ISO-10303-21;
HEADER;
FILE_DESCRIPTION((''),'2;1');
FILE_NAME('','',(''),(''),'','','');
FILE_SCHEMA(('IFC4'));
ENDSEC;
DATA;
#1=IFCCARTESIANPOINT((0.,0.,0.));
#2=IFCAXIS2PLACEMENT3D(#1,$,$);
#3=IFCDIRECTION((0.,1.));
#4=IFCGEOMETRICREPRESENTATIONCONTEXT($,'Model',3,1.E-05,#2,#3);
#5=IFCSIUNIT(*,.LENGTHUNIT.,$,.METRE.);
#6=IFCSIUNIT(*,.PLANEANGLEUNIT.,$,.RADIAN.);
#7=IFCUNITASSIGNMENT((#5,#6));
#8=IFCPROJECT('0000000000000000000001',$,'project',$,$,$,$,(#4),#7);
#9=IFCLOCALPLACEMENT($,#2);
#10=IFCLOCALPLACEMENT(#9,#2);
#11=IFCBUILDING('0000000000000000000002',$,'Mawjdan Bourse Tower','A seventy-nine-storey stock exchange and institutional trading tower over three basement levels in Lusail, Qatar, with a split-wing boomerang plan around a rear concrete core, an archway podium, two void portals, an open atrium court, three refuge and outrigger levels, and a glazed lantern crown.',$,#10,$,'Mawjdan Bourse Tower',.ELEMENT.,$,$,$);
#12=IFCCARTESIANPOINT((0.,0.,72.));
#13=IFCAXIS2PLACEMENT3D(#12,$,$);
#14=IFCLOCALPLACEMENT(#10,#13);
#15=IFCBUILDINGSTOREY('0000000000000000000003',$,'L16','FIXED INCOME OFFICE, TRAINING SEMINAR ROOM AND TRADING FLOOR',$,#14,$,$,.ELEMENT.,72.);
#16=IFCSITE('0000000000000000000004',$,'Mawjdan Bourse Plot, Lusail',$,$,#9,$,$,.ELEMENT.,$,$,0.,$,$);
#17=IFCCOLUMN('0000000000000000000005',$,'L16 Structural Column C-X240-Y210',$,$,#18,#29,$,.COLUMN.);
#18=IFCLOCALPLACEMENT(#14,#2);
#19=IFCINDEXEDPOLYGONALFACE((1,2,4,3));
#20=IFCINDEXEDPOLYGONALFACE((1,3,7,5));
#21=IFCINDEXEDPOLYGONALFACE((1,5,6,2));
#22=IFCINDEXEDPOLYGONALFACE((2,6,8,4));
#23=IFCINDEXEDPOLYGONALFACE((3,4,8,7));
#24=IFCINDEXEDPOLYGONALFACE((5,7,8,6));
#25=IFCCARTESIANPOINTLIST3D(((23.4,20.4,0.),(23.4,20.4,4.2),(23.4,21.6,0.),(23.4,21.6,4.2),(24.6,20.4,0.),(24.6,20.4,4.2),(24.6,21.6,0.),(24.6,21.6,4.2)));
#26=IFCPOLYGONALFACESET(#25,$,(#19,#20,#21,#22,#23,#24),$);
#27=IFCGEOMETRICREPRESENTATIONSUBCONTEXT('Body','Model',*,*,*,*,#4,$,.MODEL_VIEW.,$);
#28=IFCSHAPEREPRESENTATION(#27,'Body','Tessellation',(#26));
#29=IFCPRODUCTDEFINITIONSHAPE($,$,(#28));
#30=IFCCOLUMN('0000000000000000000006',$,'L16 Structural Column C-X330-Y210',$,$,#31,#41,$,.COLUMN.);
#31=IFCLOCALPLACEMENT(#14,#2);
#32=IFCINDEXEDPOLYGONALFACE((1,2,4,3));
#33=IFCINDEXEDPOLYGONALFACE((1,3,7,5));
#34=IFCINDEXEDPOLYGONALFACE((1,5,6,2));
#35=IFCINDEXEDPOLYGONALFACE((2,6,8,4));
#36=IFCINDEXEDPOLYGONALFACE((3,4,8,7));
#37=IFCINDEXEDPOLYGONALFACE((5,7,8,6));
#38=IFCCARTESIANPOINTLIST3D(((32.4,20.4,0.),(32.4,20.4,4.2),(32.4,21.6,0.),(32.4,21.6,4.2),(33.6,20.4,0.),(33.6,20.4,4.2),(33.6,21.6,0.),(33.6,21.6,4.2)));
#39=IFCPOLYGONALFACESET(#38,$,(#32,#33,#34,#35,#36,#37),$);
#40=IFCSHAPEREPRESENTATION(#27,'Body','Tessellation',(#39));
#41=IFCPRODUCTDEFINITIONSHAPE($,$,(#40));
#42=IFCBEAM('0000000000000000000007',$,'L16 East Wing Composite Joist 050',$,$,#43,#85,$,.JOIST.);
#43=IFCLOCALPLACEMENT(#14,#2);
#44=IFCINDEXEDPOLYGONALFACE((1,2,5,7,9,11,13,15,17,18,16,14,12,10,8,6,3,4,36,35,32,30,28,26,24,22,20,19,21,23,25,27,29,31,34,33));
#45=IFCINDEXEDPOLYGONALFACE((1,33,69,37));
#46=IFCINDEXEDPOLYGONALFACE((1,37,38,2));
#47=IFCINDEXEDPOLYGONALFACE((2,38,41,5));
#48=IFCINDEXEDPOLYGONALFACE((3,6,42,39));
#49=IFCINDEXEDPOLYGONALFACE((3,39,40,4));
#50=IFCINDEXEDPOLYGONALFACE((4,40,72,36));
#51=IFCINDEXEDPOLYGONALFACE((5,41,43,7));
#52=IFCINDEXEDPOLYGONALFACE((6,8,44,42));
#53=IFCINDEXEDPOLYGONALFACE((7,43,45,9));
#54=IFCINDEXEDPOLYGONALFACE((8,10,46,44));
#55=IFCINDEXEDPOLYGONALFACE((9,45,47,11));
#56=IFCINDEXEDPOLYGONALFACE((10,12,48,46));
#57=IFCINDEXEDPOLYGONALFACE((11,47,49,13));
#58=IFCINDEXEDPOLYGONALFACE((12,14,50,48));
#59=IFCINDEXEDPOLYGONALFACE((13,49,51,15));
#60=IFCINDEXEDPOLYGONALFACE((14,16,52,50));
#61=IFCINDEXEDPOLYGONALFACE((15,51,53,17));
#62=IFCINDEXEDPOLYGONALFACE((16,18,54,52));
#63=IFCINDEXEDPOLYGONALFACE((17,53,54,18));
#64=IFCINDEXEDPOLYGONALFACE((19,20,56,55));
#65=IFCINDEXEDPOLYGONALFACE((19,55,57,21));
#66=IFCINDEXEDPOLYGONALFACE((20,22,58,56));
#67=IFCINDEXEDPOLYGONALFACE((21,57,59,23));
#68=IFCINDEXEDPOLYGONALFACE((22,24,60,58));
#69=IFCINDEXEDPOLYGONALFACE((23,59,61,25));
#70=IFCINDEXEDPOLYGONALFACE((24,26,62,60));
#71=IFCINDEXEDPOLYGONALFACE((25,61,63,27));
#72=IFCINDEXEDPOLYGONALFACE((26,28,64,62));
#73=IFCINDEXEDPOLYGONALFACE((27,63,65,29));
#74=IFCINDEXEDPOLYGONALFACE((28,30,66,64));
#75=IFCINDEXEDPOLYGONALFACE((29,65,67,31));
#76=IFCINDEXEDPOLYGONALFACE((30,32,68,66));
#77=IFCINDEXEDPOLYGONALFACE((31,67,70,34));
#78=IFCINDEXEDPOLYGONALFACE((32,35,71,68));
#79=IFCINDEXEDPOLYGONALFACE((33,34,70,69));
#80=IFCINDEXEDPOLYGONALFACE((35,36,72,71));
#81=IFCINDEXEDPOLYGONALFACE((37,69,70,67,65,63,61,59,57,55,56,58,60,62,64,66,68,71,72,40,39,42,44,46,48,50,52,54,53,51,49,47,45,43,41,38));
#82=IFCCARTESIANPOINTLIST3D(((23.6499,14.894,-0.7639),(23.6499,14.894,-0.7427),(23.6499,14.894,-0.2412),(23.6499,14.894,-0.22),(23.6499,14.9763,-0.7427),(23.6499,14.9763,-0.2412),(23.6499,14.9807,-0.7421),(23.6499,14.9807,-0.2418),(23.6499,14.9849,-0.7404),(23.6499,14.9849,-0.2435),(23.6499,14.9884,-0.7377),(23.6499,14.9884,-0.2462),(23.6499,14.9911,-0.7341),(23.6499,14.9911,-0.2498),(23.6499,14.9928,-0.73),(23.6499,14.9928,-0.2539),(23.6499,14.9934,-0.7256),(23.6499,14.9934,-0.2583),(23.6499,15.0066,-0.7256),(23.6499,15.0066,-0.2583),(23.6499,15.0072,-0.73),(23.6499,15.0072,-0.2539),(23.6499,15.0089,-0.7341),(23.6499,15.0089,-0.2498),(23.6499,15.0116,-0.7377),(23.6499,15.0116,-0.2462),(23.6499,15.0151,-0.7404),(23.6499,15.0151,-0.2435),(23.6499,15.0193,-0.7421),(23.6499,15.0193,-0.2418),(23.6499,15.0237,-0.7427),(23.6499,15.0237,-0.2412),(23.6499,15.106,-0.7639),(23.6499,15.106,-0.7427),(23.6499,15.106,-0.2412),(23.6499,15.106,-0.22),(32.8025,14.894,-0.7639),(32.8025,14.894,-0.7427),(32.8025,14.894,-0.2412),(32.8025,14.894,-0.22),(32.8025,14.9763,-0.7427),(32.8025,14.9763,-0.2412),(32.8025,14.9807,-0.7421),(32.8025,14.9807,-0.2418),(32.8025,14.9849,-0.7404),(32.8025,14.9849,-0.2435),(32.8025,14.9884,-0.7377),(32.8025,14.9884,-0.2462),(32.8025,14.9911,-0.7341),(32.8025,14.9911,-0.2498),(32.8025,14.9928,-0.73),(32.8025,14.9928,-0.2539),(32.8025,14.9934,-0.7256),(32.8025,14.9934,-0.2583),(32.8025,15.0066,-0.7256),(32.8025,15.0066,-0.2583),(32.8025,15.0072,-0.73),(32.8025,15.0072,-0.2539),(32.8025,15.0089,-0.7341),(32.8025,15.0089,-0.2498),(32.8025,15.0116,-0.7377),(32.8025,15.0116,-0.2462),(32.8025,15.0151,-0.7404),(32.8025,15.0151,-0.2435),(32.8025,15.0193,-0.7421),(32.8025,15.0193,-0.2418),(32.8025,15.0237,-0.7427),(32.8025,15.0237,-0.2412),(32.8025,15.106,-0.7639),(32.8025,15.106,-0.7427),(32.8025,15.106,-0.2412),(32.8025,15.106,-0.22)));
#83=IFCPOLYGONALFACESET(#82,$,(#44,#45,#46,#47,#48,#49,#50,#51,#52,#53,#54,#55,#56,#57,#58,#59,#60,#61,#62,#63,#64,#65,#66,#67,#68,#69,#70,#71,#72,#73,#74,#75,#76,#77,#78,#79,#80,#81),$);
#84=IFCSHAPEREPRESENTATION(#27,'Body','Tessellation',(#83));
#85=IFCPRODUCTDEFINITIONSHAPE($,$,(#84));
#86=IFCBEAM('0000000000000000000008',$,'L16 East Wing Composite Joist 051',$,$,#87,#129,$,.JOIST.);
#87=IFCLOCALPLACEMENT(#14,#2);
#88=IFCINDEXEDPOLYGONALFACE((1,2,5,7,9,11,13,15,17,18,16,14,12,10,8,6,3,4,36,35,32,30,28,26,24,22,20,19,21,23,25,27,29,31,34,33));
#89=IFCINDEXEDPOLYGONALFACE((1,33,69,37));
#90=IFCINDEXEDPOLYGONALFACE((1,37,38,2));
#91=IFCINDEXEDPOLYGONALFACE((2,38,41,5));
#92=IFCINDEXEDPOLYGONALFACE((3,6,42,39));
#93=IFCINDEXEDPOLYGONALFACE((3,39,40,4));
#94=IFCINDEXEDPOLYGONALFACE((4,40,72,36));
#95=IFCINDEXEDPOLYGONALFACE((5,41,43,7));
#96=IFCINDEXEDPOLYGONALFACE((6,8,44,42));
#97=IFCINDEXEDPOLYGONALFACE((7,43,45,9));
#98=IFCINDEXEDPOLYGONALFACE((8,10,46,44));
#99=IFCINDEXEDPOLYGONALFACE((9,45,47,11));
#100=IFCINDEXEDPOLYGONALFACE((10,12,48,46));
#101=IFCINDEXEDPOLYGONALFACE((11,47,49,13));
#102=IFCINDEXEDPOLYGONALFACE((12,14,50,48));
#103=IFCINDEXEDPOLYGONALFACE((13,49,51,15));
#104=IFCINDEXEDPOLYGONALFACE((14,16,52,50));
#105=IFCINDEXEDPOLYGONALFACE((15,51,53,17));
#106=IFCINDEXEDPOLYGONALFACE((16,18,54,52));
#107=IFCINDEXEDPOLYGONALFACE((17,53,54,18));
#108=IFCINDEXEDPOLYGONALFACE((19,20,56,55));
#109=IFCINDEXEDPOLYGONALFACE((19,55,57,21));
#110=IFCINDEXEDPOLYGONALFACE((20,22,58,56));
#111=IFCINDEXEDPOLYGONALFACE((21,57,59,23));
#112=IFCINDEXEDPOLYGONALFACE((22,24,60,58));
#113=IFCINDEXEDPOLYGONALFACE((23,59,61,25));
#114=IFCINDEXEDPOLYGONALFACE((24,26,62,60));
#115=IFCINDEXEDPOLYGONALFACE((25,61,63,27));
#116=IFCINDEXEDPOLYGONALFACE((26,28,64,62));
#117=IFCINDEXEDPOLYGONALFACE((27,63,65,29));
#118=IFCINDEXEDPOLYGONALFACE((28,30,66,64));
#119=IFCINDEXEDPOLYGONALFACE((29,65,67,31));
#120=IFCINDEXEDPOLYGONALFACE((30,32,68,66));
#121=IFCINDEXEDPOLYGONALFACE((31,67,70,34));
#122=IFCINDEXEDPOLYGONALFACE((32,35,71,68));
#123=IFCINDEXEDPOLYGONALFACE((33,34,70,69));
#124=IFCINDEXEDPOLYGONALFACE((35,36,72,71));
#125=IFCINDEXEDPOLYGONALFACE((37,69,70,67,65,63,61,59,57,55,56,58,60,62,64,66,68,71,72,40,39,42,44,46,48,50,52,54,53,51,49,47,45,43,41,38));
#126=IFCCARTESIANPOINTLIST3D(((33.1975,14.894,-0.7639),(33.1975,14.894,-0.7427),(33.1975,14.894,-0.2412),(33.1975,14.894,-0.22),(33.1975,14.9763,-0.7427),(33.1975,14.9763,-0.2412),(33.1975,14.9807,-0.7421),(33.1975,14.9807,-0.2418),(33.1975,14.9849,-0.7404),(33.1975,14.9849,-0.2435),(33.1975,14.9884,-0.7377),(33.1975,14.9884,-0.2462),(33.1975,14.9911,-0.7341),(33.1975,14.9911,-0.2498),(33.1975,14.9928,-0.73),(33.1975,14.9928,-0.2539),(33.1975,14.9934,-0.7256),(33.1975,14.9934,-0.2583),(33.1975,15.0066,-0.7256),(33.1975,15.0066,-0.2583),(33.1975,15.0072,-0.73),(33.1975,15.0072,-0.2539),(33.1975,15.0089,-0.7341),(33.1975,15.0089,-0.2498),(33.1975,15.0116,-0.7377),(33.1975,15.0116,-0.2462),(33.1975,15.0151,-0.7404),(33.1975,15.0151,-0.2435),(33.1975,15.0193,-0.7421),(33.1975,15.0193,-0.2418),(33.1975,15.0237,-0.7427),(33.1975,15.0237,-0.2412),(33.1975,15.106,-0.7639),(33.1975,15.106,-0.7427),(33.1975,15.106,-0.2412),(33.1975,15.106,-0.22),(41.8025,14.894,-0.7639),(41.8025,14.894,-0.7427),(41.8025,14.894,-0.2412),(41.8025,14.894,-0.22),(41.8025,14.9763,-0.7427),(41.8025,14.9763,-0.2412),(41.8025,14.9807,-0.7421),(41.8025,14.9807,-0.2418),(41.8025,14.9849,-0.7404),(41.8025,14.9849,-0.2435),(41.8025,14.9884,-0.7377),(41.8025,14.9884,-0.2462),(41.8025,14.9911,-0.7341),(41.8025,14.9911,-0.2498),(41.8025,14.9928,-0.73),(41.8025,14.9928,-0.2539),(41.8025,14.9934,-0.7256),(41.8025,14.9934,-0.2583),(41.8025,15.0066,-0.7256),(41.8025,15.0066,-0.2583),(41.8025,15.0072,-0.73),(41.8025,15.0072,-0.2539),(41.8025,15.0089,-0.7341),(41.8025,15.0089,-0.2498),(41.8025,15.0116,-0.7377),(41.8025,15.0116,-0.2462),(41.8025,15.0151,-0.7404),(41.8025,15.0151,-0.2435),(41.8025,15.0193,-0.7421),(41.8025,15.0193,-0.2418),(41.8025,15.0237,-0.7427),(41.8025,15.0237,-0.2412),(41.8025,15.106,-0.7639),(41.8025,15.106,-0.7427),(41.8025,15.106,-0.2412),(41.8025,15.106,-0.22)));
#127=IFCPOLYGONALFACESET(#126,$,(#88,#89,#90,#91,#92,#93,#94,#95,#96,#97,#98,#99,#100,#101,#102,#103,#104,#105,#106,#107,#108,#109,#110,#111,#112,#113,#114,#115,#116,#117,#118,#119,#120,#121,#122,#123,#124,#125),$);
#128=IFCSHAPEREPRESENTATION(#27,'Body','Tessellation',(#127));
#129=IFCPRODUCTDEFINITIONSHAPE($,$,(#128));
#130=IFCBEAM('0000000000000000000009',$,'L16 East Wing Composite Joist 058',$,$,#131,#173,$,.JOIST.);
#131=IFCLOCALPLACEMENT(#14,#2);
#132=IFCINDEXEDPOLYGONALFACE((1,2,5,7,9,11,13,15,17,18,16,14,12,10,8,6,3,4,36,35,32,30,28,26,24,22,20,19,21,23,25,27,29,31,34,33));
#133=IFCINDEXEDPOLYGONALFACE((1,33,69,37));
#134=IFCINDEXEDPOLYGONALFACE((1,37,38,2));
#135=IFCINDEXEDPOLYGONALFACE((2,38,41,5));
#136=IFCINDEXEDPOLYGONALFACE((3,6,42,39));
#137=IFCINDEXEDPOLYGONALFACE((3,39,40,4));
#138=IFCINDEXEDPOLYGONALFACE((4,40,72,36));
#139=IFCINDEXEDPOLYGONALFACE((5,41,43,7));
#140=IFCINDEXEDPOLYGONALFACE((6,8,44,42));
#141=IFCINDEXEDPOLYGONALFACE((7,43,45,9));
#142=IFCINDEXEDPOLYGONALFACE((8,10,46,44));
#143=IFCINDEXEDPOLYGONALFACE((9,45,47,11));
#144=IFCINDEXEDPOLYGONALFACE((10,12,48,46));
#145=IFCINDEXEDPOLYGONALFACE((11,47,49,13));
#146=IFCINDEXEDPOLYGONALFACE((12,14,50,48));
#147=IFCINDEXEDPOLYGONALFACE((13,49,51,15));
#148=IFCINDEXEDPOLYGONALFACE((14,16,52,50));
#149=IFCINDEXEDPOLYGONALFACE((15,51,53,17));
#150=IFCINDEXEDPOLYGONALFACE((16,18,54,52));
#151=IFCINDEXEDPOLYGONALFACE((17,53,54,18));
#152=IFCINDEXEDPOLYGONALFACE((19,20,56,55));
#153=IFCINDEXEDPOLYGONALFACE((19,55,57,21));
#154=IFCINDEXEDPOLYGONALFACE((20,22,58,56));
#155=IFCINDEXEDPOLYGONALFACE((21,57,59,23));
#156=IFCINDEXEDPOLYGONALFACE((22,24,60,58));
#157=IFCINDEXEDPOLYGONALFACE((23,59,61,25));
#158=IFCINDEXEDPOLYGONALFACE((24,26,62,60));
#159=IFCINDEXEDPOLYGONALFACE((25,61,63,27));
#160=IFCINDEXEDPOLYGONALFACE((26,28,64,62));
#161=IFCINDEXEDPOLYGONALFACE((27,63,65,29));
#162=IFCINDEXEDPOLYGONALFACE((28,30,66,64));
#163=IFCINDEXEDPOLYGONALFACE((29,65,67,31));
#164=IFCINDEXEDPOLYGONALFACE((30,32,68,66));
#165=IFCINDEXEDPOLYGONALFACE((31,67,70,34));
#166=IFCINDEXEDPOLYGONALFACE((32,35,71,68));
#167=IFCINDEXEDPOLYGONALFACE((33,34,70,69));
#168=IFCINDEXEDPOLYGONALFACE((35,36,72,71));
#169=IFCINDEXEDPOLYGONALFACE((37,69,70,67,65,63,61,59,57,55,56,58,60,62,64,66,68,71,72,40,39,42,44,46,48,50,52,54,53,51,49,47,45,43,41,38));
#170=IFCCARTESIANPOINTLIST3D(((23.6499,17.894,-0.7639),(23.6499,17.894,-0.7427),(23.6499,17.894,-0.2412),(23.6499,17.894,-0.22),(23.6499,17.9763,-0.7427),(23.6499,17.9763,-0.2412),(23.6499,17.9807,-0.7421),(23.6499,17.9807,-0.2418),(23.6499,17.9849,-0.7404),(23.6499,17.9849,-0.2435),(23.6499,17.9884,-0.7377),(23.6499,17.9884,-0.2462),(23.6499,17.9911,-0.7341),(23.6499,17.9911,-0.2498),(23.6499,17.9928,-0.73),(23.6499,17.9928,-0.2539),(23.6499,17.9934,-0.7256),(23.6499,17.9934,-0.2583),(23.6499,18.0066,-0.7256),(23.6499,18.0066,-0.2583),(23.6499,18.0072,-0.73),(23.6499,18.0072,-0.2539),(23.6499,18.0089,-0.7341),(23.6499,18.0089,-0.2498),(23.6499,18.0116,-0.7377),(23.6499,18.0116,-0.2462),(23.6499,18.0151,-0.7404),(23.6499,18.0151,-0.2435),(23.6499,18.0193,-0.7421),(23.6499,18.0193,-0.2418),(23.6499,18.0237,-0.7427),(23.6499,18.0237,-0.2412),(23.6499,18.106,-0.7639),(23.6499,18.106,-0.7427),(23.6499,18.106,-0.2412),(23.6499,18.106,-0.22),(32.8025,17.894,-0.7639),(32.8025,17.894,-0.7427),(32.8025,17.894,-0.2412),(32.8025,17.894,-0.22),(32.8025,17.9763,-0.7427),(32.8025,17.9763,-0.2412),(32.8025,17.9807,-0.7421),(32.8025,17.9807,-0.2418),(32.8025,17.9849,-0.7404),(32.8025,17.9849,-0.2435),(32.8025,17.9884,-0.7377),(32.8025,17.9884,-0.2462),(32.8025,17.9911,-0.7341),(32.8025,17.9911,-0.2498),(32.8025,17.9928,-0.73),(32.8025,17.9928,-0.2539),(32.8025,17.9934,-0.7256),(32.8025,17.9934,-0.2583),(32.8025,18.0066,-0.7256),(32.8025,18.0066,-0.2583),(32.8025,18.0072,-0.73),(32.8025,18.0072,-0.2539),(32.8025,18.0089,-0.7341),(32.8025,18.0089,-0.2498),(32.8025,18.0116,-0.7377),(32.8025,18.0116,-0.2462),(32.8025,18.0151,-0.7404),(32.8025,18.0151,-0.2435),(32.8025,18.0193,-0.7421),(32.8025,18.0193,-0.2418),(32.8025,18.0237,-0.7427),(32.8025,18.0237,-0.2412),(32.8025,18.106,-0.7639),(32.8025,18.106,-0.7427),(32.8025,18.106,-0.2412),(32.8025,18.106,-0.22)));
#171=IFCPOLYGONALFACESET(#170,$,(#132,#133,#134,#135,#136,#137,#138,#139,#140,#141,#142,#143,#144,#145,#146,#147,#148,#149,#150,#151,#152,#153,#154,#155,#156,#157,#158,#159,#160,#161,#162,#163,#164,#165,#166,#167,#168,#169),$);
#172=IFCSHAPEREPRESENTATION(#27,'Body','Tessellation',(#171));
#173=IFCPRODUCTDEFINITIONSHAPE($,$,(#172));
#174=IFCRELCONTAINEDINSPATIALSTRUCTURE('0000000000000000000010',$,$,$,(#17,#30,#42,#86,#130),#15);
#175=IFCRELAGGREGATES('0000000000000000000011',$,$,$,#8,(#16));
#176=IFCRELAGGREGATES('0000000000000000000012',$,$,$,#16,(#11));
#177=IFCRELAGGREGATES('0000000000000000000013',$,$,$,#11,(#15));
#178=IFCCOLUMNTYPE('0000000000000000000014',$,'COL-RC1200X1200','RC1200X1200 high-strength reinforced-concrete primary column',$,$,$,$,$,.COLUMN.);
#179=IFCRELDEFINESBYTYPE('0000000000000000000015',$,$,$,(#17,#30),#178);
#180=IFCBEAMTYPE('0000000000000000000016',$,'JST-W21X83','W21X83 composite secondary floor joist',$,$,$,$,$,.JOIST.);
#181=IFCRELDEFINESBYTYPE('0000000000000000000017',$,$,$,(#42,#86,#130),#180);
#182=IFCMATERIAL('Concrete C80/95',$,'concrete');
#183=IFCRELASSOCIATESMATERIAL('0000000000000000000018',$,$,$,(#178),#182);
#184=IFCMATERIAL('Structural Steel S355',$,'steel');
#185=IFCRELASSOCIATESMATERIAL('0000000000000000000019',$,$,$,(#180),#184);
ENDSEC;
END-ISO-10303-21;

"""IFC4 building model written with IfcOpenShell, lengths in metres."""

from ifc_helpers import new_model, si_unit, direction, frame, origin, origin_2d, place, context, subcontext, project, spatial, rectangle, i_section, extrude, material, material_profile, profile_set, type_object, element, save


model = new_model("IFC4")

# Units and contexts
model_context = context("Model", 3, precision=1e-05, world=origin(), true_north=direction((0.0, 1.0)))
body_context = subcontext(model_context, "Body", "Model", "MODEL_VIEW")
ifc_project = project(units=[si_unit("LENGTHUNIT", "METRE"), si_unit("PLANEANGLEUNIT", "RADIAN")], contexts=[model_context])

# Site, building, storey
site_placement = place(None, origin())
site = spatial("IfcSite", under=ifc_project, at=site_placement, Name="Mawjdan Bourse Plot, Lusail", CompositionType="ELEMENT", RefElevation=0.0)
building_placement = place(site_placement, origin())
building = spatial("IfcBuilding", under=site, at=building_placement, Name="Mawjdan Bourse Tower", Description="A seventy-nine-storey stock exchange and institutional trading tower over three basement levels in Lusail, Qatar, with a split-wing boomerang plan around a rear concrete core, an archway podium, two void portals, an open atrium court, three refuge and outrigger levels, and a glazed lantern crown.", LongName="Mawjdan Bourse Tower", CompositionType="ELEMENT")
storey_placement = place(building_placement, frame((0.0, 0.0, 72.0)))
storey = spatial("IfcBuildingStorey", under=building, at=storey_placement, Name="L16", Description="FIXED INCOME OFFICE, TRAINING SEMINAR ROOM AND TRADING FLOOR", CompositionType="ELEMENT", Elevation=72.0)

# Columns
ifc_material_1 = material(Name="Concrete C80/95", Category="concrete")
ifc_material_profile_1 = material_profile(ifc_material_1, rectangle(XDim=1.2, YDim=1.2, at=origin_2d()), Name="RC1200X1200")
ifc_profile_set_1 = profile_set([ifc_material_profile_1], Name="Concrete C80/95")
column_type = type_object("IfcColumnType", Name="COL-RC1200X1200", Description="RC1200X1200 high-strength reinforced-concrete primary column", PredefinedType="COLUMN", material=ifc_profile_set_1)
for number, where, z_axis, x_axis, name in (
    (1, (24.0, 21.0, 0.0), (0.0, 0.0, 1.0), (1.0, 0.0, 0.0), "L16 Structural Column C-X240-Y210"),
    (2, (33.0, 21.0, 0.0), (0.0, 0.0, 1.0), (1.0, 0.0, 0.0), "L16 Structural Column C-X330-Y210"),
):
    element("IfcColumn", number, at=place(storey_placement, frame(where, z_axis=z_axis, x_axis=x_axis)), inside=storey, type_object=column_type, Name=name, PredefinedType="COLUMN", context=body_context, shape_type="SweptSolid", body=[
        extrude(rectangle(XDim=1.2, YDim=1.2, at=origin_2d()), origin(), (0.0, 0.0, 1.0), 4.2),
    ])

# Beams
ifc_material_2 = material(Name="Structural Steel S355", Category="steel")
ifc_material_profile_2 = material_profile(ifc_material_2, i_section(OverallWidth=0.2119, OverallDepth=0.5439, WebThickness=0.0132, FlangeThickness=0.0212, FilletRadius=0.0171, at=origin_2d()), Name="W21X83")
ifc_profile_set_2 = profile_set([ifc_material_profile_2], Name="Structural Steel S355")
beam_type_1 = type_object("IfcBeamType", Name="JST-W21X83", Description="W21X83 composite secondary floor joist", PredefinedType="JOIST", material=ifc_profile_set_2)
beam_1_placement = place(storey_placement, frame((23.6499, 15.0, -0.4919), z_axis=(1.0, 0.0, 0.0), x_axis=(0.0, 1.0, 0.0)))
element("IfcBeam", 3, at=beam_1_placement, inside=storey, type_object=beam_type_1, Name="L16 East Wing Composite Joist 050", PredefinedType="JOIST", context=body_context, shape_type="SweptSolid", body=[
    extrude(i_section(OverallWidth=0.2119, OverallDepth=0.5439, WebThickness=0.0132, FlangeThickness=0.0212, FilletRadius=0.0171, at=origin_2d()), origin(), (0.0, 0.0, 1.0), 9.1526),
])
beam_2_placement = place(storey_placement, frame((33.1975, 15.0, -0.4919), z_axis=(1.0, 0.0, 0.0), x_axis=(0.0, 1.0, 0.0)))
element("IfcBeam", 4, at=beam_2_placement, inside=storey, type_object=beam_type_1, Name="L16 East Wing Composite Joist 051", PredefinedType="JOIST", context=body_context, shape_type="SweptSolid", body=[
    extrude(i_section(OverallWidth=0.2119, OverallDepth=0.5439, WebThickness=0.0132, FlangeThickness=0.0212, FilletRadius=0.0171, at=origin_2d()), origin(), (0.0, 0.0, 1.0), 8.605),
])
beam_3_placement = place(storey_placement, frame((23.6499, 18.0, -0.4919), z_axis=(1.0, 0.0, 0.0), x_axis=(0.0, 1.0, 0.0)))
element("IfcBeam", 5, at=beam_3_placement, inside=storey, type_object=beam_type_1, Name="L16 East Wing Composite Joist 058", PredefinedType="JOIST", context=body_context, shape_type="SweptSolid", body=[
    extrude(i_section(OverallWidth=0.2119, OverallDepth=0.5439, WebThickness=0.0132, FlangeThickness=0.0212, FilletRadius=0.0171, at=origin_2d()), origin(), (0.0, 0.0, 1.0), 9.1526),
])

save(model, "model.ifc")
